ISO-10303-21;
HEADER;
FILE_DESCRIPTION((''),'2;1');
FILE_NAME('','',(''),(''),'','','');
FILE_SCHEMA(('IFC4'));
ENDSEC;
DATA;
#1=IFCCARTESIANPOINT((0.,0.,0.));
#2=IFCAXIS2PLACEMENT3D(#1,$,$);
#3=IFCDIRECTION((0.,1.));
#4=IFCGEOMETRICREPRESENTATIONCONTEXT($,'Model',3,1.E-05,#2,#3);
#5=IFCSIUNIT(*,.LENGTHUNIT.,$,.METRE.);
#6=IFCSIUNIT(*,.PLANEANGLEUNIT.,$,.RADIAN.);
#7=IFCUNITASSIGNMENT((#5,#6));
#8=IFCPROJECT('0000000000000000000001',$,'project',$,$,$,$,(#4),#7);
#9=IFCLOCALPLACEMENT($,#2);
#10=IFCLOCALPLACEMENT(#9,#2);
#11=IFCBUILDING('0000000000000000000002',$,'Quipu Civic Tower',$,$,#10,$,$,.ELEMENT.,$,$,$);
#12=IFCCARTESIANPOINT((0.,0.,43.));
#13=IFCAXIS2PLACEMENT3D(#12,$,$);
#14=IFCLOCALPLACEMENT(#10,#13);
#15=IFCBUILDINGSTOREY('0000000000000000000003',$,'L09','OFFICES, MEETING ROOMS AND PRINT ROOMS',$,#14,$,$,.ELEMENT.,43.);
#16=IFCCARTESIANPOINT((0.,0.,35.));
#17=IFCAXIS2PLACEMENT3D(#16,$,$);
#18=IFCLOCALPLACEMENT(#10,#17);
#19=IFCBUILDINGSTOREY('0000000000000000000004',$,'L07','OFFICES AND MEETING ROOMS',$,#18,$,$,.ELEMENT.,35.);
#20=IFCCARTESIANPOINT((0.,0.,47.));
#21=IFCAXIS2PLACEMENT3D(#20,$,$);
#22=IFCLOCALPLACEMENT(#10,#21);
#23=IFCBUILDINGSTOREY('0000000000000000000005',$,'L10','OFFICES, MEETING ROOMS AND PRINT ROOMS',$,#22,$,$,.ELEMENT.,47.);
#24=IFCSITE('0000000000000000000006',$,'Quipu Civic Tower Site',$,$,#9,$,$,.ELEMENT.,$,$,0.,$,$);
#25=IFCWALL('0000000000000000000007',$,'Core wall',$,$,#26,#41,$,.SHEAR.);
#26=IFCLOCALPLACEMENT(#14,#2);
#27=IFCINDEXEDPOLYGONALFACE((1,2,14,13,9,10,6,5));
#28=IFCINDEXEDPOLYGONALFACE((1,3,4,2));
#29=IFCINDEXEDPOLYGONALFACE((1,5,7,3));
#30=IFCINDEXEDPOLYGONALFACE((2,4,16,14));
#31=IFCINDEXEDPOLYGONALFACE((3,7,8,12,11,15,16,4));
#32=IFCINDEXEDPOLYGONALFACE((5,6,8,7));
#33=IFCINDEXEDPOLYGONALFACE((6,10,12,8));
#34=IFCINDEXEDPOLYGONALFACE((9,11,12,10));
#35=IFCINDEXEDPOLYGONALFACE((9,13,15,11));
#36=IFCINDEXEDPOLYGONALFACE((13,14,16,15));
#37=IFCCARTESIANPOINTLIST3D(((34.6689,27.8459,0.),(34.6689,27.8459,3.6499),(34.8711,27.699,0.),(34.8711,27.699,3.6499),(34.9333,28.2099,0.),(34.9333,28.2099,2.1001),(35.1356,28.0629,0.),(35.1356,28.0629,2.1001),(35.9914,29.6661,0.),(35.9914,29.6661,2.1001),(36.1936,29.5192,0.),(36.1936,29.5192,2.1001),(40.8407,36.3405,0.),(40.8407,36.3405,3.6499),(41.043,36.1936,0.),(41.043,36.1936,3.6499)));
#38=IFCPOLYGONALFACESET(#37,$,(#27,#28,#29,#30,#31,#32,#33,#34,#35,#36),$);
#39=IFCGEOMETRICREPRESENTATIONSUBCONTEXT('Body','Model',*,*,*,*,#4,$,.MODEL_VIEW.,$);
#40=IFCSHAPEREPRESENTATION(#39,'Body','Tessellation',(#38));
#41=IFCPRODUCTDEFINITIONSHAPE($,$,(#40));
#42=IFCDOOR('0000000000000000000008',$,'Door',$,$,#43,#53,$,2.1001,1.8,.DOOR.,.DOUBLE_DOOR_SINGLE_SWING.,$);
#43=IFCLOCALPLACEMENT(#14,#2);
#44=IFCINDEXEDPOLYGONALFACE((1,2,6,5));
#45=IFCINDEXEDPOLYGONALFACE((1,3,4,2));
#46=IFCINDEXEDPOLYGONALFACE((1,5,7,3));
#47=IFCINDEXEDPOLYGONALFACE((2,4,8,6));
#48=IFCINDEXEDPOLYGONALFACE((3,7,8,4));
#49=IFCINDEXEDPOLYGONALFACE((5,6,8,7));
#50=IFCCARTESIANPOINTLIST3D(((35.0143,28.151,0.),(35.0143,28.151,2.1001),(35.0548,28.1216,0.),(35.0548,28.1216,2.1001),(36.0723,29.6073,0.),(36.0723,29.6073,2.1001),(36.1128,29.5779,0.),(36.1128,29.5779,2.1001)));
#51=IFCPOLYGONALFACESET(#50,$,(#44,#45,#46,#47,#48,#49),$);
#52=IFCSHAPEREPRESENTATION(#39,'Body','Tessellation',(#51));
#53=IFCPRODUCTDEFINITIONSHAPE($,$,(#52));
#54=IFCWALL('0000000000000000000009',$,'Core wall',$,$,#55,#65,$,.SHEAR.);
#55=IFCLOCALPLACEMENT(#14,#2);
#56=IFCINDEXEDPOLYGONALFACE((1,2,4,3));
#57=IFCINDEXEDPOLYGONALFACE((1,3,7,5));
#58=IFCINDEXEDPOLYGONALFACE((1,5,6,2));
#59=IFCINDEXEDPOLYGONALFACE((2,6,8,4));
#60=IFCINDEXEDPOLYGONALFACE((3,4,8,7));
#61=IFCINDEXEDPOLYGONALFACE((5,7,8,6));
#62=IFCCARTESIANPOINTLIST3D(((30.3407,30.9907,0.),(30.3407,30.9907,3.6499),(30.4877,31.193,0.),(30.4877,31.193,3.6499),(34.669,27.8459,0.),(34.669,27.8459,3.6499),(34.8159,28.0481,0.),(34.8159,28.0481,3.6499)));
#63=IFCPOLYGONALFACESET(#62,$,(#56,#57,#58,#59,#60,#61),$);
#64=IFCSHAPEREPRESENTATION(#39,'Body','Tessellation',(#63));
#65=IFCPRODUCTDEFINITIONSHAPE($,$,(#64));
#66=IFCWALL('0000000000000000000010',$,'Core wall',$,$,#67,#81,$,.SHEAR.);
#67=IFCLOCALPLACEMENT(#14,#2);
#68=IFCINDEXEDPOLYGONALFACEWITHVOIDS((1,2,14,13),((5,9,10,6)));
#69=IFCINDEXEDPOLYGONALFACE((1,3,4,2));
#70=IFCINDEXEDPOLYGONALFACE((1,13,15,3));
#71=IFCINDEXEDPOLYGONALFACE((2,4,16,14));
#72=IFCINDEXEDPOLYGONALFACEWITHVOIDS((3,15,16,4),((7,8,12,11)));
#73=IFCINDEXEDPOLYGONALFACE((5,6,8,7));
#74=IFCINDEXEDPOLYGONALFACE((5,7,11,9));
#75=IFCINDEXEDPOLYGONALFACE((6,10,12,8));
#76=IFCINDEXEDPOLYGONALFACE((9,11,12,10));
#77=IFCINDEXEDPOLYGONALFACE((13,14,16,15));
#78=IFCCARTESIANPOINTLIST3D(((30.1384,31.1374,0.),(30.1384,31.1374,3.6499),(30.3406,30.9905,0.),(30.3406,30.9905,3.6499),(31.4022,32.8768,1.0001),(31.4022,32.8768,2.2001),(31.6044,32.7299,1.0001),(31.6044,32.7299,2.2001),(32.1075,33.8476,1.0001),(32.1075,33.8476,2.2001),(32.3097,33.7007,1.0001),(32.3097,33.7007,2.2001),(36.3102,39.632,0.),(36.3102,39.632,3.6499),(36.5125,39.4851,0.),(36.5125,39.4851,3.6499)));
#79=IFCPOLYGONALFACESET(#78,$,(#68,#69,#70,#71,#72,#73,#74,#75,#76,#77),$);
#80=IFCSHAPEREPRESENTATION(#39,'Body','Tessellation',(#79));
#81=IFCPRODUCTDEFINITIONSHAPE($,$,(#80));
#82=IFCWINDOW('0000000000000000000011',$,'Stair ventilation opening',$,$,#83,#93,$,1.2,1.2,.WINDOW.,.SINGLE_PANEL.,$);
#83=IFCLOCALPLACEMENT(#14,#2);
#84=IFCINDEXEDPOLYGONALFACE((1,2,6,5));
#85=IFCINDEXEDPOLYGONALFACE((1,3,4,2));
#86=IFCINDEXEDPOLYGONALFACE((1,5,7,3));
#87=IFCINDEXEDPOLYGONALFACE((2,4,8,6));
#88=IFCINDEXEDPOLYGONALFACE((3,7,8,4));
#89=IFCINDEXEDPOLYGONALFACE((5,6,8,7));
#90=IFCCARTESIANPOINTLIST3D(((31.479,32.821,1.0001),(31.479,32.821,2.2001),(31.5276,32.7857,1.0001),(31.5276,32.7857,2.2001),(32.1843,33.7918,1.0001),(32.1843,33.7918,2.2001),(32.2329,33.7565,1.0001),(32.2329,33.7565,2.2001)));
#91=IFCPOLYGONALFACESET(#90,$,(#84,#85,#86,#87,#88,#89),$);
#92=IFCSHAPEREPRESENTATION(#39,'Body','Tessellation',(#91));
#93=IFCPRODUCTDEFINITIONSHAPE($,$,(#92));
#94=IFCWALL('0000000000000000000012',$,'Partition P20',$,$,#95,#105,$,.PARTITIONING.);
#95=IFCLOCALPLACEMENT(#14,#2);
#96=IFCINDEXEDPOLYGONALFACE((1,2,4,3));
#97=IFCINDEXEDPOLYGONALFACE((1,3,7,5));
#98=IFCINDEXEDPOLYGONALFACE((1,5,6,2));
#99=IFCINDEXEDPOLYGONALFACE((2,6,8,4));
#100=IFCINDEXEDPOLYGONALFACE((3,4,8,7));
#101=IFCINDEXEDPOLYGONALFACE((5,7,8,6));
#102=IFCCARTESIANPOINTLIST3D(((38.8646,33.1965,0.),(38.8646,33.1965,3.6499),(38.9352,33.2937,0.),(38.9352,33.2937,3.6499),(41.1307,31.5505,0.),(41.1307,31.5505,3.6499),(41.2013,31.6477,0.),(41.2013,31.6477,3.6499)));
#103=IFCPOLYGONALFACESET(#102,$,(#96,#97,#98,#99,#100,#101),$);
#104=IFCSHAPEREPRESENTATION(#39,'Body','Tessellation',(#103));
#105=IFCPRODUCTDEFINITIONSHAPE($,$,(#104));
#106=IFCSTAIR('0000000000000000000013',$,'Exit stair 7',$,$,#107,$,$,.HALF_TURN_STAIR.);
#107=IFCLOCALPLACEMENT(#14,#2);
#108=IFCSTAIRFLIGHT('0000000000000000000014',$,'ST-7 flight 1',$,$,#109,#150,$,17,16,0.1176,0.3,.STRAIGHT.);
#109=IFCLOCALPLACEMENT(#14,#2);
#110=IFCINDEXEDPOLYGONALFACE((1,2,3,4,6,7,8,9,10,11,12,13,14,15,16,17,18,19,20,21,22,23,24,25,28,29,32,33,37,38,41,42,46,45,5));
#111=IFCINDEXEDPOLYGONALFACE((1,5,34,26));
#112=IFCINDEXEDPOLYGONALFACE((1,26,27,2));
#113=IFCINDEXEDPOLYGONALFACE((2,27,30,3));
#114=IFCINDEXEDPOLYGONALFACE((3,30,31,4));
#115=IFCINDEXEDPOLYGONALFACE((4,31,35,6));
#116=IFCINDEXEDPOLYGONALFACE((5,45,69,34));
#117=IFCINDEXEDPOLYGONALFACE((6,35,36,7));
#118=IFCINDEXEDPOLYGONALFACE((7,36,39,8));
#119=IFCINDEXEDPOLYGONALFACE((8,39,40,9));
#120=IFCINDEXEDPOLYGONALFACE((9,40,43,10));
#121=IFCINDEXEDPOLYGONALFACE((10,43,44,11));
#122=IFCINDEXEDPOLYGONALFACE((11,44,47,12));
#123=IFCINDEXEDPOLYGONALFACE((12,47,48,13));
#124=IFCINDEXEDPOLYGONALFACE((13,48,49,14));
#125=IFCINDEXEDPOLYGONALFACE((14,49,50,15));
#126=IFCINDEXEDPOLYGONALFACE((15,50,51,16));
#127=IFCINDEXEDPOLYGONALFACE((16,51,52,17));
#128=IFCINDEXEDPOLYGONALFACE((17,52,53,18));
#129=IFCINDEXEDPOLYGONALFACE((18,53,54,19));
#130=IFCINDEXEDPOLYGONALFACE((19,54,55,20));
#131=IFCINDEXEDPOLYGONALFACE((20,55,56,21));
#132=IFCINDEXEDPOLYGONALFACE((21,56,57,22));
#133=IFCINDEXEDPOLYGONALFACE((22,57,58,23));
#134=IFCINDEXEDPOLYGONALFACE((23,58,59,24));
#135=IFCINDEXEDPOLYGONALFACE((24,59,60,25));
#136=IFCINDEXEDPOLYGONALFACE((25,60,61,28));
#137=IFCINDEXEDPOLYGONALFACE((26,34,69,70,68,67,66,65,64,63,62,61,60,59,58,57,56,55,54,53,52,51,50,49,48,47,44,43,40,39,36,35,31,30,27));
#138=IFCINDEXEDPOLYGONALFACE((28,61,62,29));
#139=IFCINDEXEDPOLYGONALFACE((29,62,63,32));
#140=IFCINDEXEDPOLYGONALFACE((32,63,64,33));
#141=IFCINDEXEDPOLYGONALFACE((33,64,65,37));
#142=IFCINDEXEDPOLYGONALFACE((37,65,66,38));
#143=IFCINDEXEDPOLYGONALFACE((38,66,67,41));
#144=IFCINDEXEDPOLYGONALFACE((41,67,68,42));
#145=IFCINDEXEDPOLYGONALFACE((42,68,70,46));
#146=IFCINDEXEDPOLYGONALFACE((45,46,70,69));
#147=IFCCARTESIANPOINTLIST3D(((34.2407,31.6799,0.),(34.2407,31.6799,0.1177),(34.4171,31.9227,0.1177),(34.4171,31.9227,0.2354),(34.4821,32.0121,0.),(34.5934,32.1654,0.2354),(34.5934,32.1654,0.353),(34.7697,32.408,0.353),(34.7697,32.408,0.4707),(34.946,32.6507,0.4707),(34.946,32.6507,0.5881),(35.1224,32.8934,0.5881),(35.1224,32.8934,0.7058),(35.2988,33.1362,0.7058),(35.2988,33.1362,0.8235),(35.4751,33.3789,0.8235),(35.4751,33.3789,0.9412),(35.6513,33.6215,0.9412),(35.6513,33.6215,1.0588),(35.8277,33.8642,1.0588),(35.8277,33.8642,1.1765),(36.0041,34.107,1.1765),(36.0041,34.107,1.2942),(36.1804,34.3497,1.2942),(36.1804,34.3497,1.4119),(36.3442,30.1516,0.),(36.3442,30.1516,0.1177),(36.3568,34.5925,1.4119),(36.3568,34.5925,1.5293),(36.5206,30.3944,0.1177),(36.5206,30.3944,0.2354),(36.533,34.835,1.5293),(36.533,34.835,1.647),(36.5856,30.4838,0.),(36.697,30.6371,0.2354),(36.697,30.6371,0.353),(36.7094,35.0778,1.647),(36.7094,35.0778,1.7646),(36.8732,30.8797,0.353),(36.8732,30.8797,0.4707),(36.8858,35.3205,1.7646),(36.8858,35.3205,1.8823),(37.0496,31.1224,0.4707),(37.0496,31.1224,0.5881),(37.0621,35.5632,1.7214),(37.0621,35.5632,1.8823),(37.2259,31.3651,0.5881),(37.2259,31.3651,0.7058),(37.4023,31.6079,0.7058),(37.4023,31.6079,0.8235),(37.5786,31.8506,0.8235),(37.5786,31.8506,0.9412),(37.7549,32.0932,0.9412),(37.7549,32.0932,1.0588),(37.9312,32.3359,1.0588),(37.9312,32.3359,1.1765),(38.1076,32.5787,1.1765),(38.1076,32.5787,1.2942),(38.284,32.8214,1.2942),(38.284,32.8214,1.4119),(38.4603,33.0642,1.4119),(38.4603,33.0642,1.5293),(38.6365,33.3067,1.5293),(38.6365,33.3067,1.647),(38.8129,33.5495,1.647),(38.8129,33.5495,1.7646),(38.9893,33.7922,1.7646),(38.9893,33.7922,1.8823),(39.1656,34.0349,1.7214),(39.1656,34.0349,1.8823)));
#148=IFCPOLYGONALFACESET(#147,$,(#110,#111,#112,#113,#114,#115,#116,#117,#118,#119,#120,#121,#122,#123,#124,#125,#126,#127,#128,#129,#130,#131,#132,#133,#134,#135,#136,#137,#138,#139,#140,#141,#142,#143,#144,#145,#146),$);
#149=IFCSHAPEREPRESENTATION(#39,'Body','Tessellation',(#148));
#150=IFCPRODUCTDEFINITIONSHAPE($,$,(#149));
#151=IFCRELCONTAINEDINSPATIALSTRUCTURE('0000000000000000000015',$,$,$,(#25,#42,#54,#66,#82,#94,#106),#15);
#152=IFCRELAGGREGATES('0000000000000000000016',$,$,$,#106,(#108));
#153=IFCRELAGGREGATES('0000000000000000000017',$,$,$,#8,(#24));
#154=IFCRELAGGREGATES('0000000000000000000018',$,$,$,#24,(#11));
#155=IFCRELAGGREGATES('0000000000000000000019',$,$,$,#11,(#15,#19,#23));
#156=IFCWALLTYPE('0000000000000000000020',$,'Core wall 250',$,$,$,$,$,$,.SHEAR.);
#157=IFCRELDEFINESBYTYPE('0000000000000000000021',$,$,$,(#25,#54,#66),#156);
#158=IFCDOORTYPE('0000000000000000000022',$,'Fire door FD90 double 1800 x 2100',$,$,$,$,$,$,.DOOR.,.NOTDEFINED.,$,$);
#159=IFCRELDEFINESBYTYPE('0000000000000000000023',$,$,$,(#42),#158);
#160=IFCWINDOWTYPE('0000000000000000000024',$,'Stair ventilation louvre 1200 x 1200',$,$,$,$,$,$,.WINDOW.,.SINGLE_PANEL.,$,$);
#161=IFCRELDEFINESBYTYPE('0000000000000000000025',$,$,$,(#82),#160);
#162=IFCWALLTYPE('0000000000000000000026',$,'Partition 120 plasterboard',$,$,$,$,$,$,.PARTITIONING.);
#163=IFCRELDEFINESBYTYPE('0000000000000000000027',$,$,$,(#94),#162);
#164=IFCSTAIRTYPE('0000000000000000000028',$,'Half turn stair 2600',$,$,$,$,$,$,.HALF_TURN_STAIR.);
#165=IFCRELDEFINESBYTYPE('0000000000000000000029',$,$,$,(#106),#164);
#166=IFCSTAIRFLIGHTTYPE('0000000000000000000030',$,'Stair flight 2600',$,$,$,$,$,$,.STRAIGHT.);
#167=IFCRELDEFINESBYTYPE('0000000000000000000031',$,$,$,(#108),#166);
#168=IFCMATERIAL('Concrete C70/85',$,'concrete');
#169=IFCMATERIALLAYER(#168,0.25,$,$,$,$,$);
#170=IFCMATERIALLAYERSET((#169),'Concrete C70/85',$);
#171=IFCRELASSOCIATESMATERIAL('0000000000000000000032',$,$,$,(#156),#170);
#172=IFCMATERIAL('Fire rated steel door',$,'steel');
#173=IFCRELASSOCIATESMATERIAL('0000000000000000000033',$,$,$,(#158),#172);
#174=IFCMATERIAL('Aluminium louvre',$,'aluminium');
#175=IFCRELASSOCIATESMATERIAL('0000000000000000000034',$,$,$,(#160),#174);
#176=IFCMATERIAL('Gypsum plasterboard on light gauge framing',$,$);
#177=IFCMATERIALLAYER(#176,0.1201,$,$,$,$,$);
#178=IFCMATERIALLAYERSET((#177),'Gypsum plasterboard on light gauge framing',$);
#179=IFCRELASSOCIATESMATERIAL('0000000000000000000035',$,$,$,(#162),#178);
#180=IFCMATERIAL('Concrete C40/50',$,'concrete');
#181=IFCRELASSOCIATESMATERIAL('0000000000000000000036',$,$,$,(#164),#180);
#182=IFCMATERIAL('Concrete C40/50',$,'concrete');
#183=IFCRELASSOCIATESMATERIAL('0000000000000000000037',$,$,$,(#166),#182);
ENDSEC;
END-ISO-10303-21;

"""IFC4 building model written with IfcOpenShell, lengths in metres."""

from ifc_helpers import new_model, si_unit, direction, frame, frame_2d, origin, place, context, subcontext, project, spatial, polyline, rectangle, outline, extrude, material, layer, layer_set, type_object, element, fill, aggregate, save


model = new_model("IFC4")

# Units and contexts
model_context = context("Model", 3, precision=1e-05, world=origin(), true_north=direction((0.0, 1.0)))
body_context = subcontext(model_context, "Body", "Model", "MODEL_VIEW")
ifc_project = project(units=[si_unit("LENGTHUNIT", "METRE"), si_unit("PLANEANGLEUNIT", "RADIAN")], contexts=[model_context])

# Site, building, storey
site_placement = place(None, origin())
site = spatial("IfcSite", under=ifc_project, at=site_placement, Name="Quipu Civic Tower Site", CompositionType="ELEMENT", RefElevation=0.0)
building_placement = place(site_placement, origin())
building = spatial("IfcBuilding", under=site, at=building_placement, Name="Quipu Civic Tower", CompositionType="ELEMENT")
storey_1_placement = place(building_placement, frame((0.0, 0.0, 43.0)))
storey_1 = spatial("IfcBuildingStorey", under=building, at=storey_1_placement, Name="L09", Description="OFFICES, MEETING ROOMS AND PRINT ROOMS", CompositionType="ELEMENT", Elevation=43.0)

# Shared definitions
storey_2_placement = place(building_placement, frame((0.0, 0.0, 35.0)))
storey_2 = spatial("IfcBuildingStorey", under=building, at=storey_2_placement, Name="L07", Description="OFFICES AND MEETING ROOMS", CompositionType="ELEMENT", Elevation=35.0)

# Shared definitions
storey_3_placement = place(building_placement, frame((0.0, 0.0, 47.0)))
storey_3 = spatial("IfcBuildingStorey", under=building, at=storey_3_placement, Name="L10", Description="OFFICES, MEETING ROOMS AND PRINT ROOMS", CompositionType="ELEMENT", Elevation=47.0)

# Shared definitions
ifc_material_1 = material(Name="Concrete C70/85", Category="concrete")
ifc_layer_1 = layer(ifc_material_1, 0.25)
ifc_layer_set_1 = layer_set([ifc_layer_1], Name="Concrete C70/85")
wall_type_1 = type_object("IfcWallType", Name="Core wall 250", PredefinedType="SHEAR", material=ifc_layer_set_1)
ifc_material_2 = material(Name="Fire rated steel door", Category="steel")
door_type = type_object("IfcDoorType", Name="Fire door FD90 double 1800 x 2100", OperationType="NOTDEFINED", PredefinedType="DOOR", material=ifc_material_2)

# Wall, opening, door
wall_1_placement = place(storey_1_placement, frame((34.77, 27.7725, 0.0), z_axis=(0.0, 0.0, 1.0), x_axis=(0.587796, 0.809009, 0.0)))
wall_1 = element("IfcWall", 1, at=wall_1_placement, inside=storey_1, type_object=wall_type_1, Name="Core wall", PredefinedType="SHEAR", context=body_context, shape_type="SweptSolid", body=[
    extrude(rectangle(XDim=10.5, YDim=0.25, at=frame_2d((5.25, 0.0))), origin(), (0.0, 0.0, 1.0), 3.6499),
])
opening_1_placement = place(wall_1_placement, frame((0.45, 0.0, 0.0)))
opening_1 = element("IfcOpeningElement", 2, at=opening_1_placement, cuts=wall_1, PredefinedType="OPENING", context=body_context, shape_type="SweptSolid", body=[
    extrude(rectangle(XDim=1.8, YDim=2.1001, at=frame_2d((0.8999, 1.05))), frame((0.0, 0.135, 0.0), z_axis=(0.0, -1.0, 0.0), x_axis=(1.0, 0.0, 0.0)), (0.0, 0.0, 1.0), 0.27),
])
door_1_placement = place(opening_1_placement, origin())
door_1 = element("IfcDoor", 3, at=door_1_placement, inside=storey_1, type_object=door_type, Name="Door", OperationType="DOUBLE_DOOR_SINGLE_SWING", OverallHeight=2.1001, OverallWidth=1.8, PredefinedType="DOOR", context=body_context, shape_type="SweptSolid", body=[
    extrude(rectangle(XDim=1.8, YDim=2.1001, at=frame_2d((0.8999, 1.05))), frame((0.0, 0.0249, 0.0), z_axis=(0.0, -1.0, 0.0), x_axis=(1.0, 0.0, 0.0)), (0.0, 0.0, 1.0), 0.05),
])
fill(opening_1, door_1)

# Wall
wall_2_placement = place(storey_1_placement, frame((34.7424, 27.947, 0.0), z_axis=(0.0, 0.0, 1.0), x_axis=(-0.808998, 0.587811, 0.0)))
element("IfcWall", 4, at=wall_2_placement, inside=storey_1, type_object=wall_type_1, Name="Core wall", PredefinedType="SHEAR", context=body_context, shape_type="SweptSolid", body=[
    extrude(rectangle(XDim=5.3501, YDim=0.25, at=frame_2d((2.675, 0.0))), origin(), (0.0, 0.0, 1.0), 3.6499),
])

# Wall, opening, window
wall_3_placement = place(storey_1_placement, frame((30.2395, 31.064, 0.0), z_axis=(0.0, 0.0, 1.0), x_axis=(0.587796, 0.809009, 0.0)))
wall_3 = element("IfcWall", 5, at=wall_3_placement, inside=storey_1, type_object=wall_type_1, Name="Core wall", PredefinedType="SHEAR", context=body_context, shape_type="SweptSolid", body=[
    extrude(rectangle(XDim=10.5, YDim=0.25, at=frame_2d((5.25, 0.0))), origin(), (0.0, 0.0, 1.0), 3.6499),
])
opening_2_placement = place(wall_3_placement, frame((2.1499, 0.0, 1.0)))
opening_2 = element("IfcOpeningElement", 6, at=opening_2_placement, cuts=wall_3, PredefinedType="OPENING", context=body_context, shape_type="SweptSolid", body=[
    extrude(rectangle(XDim=1.2, YDim=1.2, at=frame_2d((0.6001, 0.6001))), frame((0.0, 0.135, 0.0), z_axis=(0.0, -1.0, 0.0), x_axis=(1.0, 0.0, 0.0)), (0.0, 0.0, 1.0), 0.27),
])
ifc_material_3 = material(Name="Aluminium louvre", Category="aluminium")
window_type = type_object("IfcWindowType", Name="Stair ventilation louvre 1200 x 1200", PartitioningType="SINGLE_PANEL", PredefinedType="WINDOW", material=ifc_material_3)
window_placement = place(opening_2_placement, origin())
window = element("IfcWindow", 7, at=window_placement, inside=storey_1, type_object=window_type, Name="Stair ventilation opening", OverallHeight=1.2, OverallWidth=1.2, PartitioningType="SINGLE_PANEL", PredefinedType="WINDOW", context=body_context, shape_type="SweptSolid", body=[
    extrude(rectangle(XDim=1.2, YDim=1.2, at=frame_2d((0.6001, 0.6001))), frame((0.0, 0.03, 0.0), z_axis=(0.0, -1.0, 0.0), x_axis=(1.0, 0.0, 0.0)), (0.0, 0.0, 1.0), 0.0601),
])
fill(opening_2, window)

# Wall
ifc_material_4 = material(Name="Gypsum plasterboard on light gauge framing")
ifc_layer_2 = layer(ifc_material_4, 0.1201)
ifc_layer_set_2 = layer_set([ifc_layer_2], Name="Gypsum plasterboard on light gauge framing")
wall_type_2 = type_object("IfcWallType", Name="Partition 120 plasterboard", PredefinedType="PARTITIONING", material=ifc_layer_set_2)
wall_4_placement = place(storey_1_placement, frame((38.8999, 33.2451, 0.0), z_axis=(0.0, 0.0, 1.0), x_axis=(0.80909, -0.587684, 0.0)))
element("IfcWall", 8, at=wall_4_placement, inside=storey_1, type_object=wall_type_2, Name="Partition P20", PredefinedType="PARTITIONING", context=body_context, shape_type="SweptSolid", body=[
    extrude(rectangle(XDim=2.8008, YDim=0.1201, at=frame_2d((1.4004, 0.0))), origin(), (0.0, 0.0, 1.0), 3.6499),
])

# Stair, stair flight
ifc_material_5 = material(Name="Concrete C40/50", Category="concrete")
stair_type = type_object("IfcStairType", Name="Half turn stair 2600", PredefinedType="HALF_TURN_STAIR", material=ifc_material_5)
stair_placement = place(storey_1_placement, origin())
stair = element("IfcStair", 9, at=stair_placement, inside=storey_1, type_object=stair_type, Name="Exit stair 7", PredefinedType="HALF_TURN_STAIR")
ifc_material_6 = material(Name="Concrete C40/50", Category="concrete")
stair_flight_type = type_object("IfcStairFlightType", Name="Stair flight 2600", PredefinedType="STRAIGHT", material=ifc_material_6)
stair_flight_1_placement = place(storey_1_placement, frame((35.2925, 30.9158, 0.0), z_axis=(0.0, 0.0, 1.0), x_axis=(0.587785, 0.809017, 0.0)))
stair_flight_1 = element("IfcStairFlight", 10, at=stair_flight_1_placement, type_object=stair_flight_type, Name="ST-7 flight 1", NumberOfRisers=17, NumberOfTreads=16, PredefinedType="STRAIGHT", RiserHeight=0.1176, TreadLength=0.3, context=body_context, shape_type="SweptSolid", body=[
    extrude(outline(polyline([(0.0, 0.0), (0.0, 0.1177), (0.3, 0.1177), (0.3, 0.2354), (0.6001, 0.2354), (0.6001, 0.353), (0.8999, 0.353), (0.8999, 0.4707), (1.2, 0.4707), (1.2, 0.5881), (1.5, 0.5881), (1.5, 0.7058), (1.8, 0.7058), (1.8, 0.8235), (2.1001, 0.8235), (2.1001, 0.9412), (2.3999, 0.9412), (2.3999, 1.0588), (2.7, 1.0588), (2.7, 1.1765), (3.0, 1.1765), (3.0, 1.2942), (3.3, 1.2942), (3.3, 1.4119), (3.6001, 1.4119), (3.6001, 1.5293), (3.8999, 1.5293), (3.8999, 1.647), (4.2, 1.647), (4.2, 1.7646), (4.5, 1.7646), (4.5, 1.8823), (4.8, 1.8823), (4.8, 2.0), (4.8, 1.7214), (0.4106, 0.0), (0.0, 0.0)])), frame((0.0, 1.3, 0.0), z_axis=(0.0, -1.0, 0.0), x_axis=(1.0, 0.0, 0.0)), (0.0, 0.0, 1.0), 2.6001),
])
aggregate(stair, [stair_flight_1])

save(model, "model.ifc")
